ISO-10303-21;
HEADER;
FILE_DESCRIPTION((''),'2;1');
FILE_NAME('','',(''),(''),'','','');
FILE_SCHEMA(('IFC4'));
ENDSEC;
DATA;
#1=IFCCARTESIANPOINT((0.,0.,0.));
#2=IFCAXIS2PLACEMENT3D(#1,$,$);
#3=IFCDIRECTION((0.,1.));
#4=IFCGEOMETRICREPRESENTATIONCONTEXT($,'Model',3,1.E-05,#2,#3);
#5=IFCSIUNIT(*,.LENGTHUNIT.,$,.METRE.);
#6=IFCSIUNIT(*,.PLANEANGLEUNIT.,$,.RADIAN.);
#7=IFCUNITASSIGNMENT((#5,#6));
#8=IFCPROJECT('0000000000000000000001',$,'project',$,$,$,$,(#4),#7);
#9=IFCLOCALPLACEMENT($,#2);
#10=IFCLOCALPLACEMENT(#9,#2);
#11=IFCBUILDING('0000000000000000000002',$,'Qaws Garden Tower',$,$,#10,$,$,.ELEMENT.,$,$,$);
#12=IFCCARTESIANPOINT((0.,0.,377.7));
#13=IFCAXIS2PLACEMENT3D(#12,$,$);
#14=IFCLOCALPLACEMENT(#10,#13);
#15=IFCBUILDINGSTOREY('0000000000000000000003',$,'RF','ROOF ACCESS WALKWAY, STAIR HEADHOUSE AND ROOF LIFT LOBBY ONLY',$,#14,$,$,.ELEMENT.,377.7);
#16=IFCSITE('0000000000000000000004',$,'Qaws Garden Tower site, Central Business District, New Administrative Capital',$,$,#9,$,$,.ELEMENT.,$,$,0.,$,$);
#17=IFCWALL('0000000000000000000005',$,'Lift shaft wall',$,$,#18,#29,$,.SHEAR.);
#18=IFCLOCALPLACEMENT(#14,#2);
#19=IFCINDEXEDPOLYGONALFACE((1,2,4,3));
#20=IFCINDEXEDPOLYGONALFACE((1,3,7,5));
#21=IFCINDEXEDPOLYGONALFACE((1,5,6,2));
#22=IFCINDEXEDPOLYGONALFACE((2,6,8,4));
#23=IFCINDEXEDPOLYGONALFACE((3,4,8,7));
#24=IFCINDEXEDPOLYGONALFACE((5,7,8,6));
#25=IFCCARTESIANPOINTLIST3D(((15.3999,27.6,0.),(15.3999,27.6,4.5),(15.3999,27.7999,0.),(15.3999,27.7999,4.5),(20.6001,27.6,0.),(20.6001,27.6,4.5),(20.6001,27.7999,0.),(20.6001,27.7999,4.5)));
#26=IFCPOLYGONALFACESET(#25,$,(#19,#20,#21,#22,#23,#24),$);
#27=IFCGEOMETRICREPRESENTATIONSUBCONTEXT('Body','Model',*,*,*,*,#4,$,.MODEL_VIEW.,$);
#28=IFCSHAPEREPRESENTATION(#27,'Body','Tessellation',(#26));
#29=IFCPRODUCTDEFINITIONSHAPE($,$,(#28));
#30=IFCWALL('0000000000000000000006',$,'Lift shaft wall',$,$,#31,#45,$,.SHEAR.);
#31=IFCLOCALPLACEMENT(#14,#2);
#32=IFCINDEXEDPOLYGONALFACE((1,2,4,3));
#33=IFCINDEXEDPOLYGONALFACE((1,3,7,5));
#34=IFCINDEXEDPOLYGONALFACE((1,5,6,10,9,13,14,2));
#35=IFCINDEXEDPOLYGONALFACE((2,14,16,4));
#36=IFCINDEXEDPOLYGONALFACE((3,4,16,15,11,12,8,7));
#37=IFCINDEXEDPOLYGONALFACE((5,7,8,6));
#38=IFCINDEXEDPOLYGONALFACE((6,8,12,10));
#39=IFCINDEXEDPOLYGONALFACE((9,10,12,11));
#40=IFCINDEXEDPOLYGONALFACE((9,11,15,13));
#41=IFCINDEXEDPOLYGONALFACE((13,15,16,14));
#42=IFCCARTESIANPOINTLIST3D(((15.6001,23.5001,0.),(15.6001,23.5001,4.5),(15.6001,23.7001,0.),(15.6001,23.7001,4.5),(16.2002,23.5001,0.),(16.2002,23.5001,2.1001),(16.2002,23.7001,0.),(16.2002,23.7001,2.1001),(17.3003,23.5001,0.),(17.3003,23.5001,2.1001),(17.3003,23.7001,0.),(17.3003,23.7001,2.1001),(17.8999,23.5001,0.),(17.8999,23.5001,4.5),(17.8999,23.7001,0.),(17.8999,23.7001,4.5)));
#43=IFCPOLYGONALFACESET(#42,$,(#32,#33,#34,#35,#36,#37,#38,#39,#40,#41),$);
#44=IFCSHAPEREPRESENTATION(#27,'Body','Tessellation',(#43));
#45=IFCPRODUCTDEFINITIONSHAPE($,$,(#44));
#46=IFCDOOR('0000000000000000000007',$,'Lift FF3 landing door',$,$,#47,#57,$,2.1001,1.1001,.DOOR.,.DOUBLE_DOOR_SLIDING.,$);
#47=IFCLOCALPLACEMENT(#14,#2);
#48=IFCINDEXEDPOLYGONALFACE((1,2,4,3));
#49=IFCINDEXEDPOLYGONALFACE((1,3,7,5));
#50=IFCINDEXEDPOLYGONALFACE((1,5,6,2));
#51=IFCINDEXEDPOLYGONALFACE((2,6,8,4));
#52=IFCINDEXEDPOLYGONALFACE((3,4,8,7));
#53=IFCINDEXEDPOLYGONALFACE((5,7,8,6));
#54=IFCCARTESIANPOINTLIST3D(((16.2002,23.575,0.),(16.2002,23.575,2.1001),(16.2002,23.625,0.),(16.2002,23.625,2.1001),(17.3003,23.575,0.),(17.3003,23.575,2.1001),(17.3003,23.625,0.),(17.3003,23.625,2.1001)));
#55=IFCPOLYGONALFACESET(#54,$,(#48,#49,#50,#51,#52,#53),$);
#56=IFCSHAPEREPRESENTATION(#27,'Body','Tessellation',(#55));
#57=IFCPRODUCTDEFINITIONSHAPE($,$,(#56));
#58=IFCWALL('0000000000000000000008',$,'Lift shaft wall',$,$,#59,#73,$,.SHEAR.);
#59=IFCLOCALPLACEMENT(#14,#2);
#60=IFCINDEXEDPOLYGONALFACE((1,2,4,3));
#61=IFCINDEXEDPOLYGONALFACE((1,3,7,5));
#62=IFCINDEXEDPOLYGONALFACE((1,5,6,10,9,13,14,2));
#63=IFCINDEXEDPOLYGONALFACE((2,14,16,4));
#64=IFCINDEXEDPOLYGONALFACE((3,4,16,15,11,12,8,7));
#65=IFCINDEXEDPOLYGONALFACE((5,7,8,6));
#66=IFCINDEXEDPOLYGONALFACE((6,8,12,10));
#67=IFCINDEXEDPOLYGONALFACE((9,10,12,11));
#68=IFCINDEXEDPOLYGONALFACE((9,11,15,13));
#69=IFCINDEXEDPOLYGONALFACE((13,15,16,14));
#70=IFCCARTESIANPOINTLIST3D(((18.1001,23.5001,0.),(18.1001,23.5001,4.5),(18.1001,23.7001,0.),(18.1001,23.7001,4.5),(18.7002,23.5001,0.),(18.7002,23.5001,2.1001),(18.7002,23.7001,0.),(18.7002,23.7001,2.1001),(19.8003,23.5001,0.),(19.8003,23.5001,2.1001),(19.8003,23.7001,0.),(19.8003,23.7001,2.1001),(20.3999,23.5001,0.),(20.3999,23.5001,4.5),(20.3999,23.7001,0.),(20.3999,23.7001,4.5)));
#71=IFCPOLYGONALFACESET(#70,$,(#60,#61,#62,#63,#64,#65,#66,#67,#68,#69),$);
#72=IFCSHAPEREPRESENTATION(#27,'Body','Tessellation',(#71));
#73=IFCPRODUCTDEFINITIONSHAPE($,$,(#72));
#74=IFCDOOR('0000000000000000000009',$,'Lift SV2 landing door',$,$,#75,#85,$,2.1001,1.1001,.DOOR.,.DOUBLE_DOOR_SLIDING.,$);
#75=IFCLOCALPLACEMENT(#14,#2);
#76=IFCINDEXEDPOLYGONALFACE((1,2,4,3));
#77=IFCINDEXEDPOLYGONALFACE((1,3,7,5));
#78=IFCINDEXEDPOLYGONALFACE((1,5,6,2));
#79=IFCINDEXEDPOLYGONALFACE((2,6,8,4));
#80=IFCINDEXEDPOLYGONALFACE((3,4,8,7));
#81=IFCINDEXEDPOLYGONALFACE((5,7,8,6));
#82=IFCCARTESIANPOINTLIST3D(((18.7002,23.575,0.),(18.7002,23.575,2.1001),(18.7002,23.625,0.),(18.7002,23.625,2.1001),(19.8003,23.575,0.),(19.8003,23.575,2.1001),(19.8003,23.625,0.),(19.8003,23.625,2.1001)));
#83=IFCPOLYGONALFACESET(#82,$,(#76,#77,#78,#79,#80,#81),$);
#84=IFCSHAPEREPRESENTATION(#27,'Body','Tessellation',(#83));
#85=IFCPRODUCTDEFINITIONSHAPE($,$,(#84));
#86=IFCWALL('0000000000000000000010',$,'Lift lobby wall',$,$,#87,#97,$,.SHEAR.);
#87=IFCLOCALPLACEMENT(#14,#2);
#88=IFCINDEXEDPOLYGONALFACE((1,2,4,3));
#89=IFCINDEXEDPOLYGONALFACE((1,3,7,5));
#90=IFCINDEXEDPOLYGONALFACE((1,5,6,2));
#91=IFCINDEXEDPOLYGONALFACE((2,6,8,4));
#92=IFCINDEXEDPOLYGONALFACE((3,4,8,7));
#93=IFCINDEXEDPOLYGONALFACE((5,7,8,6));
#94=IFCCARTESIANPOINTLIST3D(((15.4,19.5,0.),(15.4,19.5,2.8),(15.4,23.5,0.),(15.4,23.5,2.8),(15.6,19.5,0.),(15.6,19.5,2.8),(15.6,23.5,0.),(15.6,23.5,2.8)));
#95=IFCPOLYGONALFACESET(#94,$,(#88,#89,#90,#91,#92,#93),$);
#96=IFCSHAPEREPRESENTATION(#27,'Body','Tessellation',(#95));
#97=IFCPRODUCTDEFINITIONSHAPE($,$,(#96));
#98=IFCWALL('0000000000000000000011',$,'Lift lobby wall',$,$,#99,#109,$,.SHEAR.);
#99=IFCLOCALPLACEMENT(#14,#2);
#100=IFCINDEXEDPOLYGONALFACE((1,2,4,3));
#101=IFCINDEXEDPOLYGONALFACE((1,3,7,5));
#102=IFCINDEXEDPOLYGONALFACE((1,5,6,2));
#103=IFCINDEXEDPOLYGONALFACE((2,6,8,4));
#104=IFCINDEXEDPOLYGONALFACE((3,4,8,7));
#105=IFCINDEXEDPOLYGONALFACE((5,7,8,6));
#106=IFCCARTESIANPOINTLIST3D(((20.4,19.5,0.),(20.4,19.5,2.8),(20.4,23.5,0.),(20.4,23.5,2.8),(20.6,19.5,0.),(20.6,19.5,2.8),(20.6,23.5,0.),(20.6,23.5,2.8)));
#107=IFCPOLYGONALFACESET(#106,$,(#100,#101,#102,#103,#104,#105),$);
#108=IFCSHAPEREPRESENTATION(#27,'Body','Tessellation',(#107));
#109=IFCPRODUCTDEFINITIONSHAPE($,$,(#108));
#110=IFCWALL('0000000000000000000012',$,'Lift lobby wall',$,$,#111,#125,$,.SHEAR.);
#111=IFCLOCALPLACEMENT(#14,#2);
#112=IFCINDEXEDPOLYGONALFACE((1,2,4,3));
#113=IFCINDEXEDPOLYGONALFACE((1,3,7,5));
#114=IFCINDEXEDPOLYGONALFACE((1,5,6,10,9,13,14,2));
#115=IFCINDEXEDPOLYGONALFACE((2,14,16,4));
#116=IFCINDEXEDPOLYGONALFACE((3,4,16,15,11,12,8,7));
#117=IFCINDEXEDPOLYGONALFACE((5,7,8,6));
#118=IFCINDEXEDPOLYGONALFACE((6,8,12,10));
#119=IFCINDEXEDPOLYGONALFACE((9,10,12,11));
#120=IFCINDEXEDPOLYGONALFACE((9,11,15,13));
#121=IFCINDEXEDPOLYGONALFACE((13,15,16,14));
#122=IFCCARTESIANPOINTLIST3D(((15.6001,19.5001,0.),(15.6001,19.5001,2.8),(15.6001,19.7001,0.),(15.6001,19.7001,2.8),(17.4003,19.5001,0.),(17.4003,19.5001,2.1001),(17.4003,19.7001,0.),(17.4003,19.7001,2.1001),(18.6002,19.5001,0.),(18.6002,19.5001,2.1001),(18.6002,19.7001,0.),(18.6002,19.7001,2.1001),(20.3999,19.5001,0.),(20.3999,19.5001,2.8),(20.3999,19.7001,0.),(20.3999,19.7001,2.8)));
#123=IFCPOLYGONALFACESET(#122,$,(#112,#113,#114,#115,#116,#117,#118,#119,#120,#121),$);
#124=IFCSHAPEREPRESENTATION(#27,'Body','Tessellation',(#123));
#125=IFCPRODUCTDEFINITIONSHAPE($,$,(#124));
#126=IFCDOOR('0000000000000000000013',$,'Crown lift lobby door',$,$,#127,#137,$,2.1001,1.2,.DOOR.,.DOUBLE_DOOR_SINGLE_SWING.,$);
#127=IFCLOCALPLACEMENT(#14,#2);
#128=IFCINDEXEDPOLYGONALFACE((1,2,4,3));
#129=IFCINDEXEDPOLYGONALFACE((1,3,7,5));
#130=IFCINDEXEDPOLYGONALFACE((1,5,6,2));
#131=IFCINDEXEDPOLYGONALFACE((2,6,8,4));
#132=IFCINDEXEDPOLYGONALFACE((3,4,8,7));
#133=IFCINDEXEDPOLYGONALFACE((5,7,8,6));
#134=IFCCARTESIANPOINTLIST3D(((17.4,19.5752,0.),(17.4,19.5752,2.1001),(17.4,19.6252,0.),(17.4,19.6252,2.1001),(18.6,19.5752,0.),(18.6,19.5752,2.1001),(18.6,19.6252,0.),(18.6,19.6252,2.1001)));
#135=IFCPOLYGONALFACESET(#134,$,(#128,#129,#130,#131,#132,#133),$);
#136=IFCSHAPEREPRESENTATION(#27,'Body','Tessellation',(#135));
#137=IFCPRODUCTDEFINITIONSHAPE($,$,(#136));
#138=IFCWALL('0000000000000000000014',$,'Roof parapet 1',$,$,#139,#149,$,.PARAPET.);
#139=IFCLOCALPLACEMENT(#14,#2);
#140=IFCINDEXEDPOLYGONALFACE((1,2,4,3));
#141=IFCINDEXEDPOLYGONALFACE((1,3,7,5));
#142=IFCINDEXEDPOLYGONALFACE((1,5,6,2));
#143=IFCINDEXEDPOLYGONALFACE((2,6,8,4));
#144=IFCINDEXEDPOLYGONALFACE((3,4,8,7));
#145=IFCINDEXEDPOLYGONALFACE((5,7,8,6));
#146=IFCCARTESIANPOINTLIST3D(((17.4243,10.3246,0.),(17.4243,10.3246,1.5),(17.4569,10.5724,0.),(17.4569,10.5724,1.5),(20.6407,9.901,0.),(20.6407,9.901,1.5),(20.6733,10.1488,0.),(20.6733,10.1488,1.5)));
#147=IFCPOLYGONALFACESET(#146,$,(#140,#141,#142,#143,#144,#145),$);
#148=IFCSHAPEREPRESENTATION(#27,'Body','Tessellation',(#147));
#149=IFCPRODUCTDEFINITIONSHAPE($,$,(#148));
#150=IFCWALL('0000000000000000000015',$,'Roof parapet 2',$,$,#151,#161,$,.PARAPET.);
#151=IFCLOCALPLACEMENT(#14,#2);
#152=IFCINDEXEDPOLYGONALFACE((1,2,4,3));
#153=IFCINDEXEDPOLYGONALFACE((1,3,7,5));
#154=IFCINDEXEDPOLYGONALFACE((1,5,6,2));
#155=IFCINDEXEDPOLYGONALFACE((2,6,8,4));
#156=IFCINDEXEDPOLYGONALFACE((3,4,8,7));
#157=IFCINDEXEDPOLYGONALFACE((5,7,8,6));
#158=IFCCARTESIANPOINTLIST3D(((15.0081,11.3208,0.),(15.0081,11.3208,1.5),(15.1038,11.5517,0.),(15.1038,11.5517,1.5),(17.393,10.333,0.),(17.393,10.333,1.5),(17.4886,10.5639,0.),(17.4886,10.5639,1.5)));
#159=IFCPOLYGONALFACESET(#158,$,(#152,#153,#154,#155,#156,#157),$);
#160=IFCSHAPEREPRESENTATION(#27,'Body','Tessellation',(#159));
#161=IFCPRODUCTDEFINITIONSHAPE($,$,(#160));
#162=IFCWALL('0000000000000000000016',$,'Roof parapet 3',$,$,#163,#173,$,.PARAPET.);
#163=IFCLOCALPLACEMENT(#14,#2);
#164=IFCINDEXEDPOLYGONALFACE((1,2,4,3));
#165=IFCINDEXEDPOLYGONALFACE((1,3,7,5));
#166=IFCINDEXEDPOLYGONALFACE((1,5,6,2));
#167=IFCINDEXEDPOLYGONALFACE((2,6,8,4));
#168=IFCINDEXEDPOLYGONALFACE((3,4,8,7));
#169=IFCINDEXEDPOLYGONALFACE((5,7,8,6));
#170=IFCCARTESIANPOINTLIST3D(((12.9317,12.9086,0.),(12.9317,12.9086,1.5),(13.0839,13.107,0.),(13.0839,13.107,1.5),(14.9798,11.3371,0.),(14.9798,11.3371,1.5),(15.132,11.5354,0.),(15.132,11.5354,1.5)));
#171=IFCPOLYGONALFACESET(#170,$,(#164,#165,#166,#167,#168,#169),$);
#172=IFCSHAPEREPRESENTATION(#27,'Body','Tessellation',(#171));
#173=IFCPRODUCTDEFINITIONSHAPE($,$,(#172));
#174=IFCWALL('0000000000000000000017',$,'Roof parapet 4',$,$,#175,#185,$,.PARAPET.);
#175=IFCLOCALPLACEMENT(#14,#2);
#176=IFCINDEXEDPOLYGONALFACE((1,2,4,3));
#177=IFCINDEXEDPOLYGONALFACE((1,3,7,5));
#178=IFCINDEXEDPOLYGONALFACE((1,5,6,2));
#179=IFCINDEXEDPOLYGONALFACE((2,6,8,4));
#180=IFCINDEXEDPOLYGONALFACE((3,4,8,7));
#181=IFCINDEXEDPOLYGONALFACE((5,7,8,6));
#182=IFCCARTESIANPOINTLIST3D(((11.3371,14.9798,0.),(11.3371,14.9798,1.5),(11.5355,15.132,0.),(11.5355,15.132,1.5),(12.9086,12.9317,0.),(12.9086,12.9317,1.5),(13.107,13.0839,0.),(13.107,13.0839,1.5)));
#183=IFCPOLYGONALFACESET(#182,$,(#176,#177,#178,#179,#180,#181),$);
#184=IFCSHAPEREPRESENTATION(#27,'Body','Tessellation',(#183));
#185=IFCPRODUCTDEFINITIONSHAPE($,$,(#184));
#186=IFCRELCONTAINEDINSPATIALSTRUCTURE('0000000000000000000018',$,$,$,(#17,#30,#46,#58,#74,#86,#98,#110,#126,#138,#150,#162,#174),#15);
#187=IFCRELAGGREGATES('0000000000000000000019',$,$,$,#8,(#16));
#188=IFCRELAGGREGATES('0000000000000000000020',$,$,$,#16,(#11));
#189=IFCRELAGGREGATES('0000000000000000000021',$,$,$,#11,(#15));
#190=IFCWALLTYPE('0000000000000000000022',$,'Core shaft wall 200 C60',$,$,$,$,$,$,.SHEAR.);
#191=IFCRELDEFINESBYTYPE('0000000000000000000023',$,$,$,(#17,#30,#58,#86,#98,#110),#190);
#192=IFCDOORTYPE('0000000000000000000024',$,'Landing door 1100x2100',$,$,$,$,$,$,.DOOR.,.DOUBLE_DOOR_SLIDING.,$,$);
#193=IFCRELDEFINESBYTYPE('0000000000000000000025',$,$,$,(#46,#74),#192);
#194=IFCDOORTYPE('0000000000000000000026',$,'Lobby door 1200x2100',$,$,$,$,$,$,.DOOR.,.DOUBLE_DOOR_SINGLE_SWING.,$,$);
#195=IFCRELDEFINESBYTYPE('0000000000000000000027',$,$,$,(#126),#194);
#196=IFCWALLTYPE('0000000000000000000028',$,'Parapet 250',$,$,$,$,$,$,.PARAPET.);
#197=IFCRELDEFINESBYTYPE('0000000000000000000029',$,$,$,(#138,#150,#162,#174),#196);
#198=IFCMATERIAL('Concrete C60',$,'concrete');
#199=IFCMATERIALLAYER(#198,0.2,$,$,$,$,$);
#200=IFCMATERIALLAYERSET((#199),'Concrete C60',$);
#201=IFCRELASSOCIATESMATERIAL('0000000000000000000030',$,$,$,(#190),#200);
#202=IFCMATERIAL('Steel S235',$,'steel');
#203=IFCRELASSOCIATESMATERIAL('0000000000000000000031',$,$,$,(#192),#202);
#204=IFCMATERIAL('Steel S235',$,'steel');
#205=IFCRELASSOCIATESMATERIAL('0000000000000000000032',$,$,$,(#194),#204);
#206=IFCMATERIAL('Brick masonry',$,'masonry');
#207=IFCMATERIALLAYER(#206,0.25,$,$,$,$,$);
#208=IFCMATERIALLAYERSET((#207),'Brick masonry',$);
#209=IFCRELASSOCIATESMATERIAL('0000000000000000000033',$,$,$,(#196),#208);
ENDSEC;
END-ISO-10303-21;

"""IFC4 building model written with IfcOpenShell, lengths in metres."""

from ifc_helpers import new_model, si_unit, direction, frame, frame_2d, origin, place, context, subcontext, project, spatial, rectangle, extrude, material, layer, layer_set, type_object, element, fill, save


model = new_model("IFC4")

# Units and contexts
model_context = context("Model", 3, precision=1e-05, world=origin(), true_north=direction((0.0, 1.0)))
body_context = subcontext(model_context, "Body", "Model", "MODEL_VIEW")
ifc_project = project(units=[si_unit("LENGTHUNIT", "METRE"), si_unit("PLANEANGLEUNIT", "RADIAN")], contexts=[model_context])

# Site, building, storey
site_placement = place(None, origin())
site = spatial("IfcSite", under=ifc_project, at=site_placement, Name="Qaws Garden Tower site, Central Business District, New Administrative Capital", CompositionType="ELEMENT", RefElevation=0.0)
building_placement = place(site_placement, origin())
building = spatial("IfcBuilding", under=site, at=building_placement, Name="Qaws Garden Tower", CompositionType="ELEMENT")
storey_placement = place(building_placement, frame((0.0, 0.0, 377.7)))
storey = spatial("IfcBuildingStorey", under=building, at=storey_placement, Name="RF", Description="ROOF ACCESS WALKWAY, STAIR HEADHOUSE AND ROOF LIFT LOBBY ONLY", CompositionType="ELEMENT", Elevation=377.7)

# Shared definitions
ifc_material_1 = material(Name="Concrete C60", Category="concrete")
ifc_layer_1 = layer(ifc_material_1, 0.2)
ifc_layer_set_1 = layer_set([ifc_layer_1], Name="Concrete C60")
wall_type_1 = type_object("IfcWallType", Name="Core shaft wall 200 C60", PredefinedType="SHEAR", material=ifc_layer_set_1)

# Wall
wall_1_placement = place(storey_placement, frame((15.3999, 27.7, 0.0), z_axis=(0.0, 0.0, 1.0), x_axis=(1.0, 0.0, 0.0)))
element("IfcWall", 1, at=wall_1_placement, inside=storey, type_object=wall_type_1, Name="Lift shaft wall", PredefinedType="SHEAR", context=body_context, shape_type="SweptSolid", body=[
    extrude(rectangle(XDim=5.2002, YDim=0.2, at=frame_2d((2.6001, 0.0))), origin(), (0.0, 0.0, 1.0), 4.5),
])

# Walls, openings, doors
wall_2_placement = place(storey_placement, frame((15.6001, 23.6001, 0.0), z_axis=(0.0, 0.0, 1.0), x_axis=(1.0, 0.0, 0.0)))
wall_2 = element("IfcWall", 2, at=wall_2_placement, inside=storey, type_object=wall_type_1, Name="Lift shaft wall", PredefinedType="SHEAR", context=body_context, shape_type="SweptSolid", body=[
    extrude(rectangle(XDim=2.2998, YDim=0.2, at=frame_2d((1.1499, 0.0))), origin(), (0.0, 0.0, 1.0), 4.5),
])
opening_1_placement = place(wall_2_placement, frame((0.6001, 0.0, 0.0)))
opening_1 = element("IfcOpeningElement", 3, at=opening_1_placement, cuts=wall_2, PredefinedType="OPENING", context=body_context, shape_type="SweptSolid", body=[
    extrude(rectangle(XDim=1.1001, YDim=2.1001, at=frame_2d((0.55, 1.05))), frame((0.0, 0.1099, 0.0), z_axis=(0.0, -1.0, 0.0), x_axis=(1.0, 0.0, 0.0)), (0.0, 0.0, 1.0), 0.22),
])
ifc_material_2 = material(Name="Steel S235", Category="steel")
door_type_1 = type_object("IfcDoorType", Name="Landing door 1100x2100", OperationType="DOUBLE_DOOR_SLIDING", PredefinedType="DOOR", material=ifc_material_2)
door_1_placement = place(opening_1_placement, origin())
door_1 = element("IfcDoor", 4, at=door_1_placement, inside=storey, type_object=door_type_1, Name="Lift FF3 landing door", OperationType="DOUBLE_DOOR_SLIDING", OverallHeight=2.1001, OverallWidth=1.1001, PredefinedType="DOOR", context=body_context, shape_type="SweptSolid", body=[
    extrude(rectangle(XDim=1.1001, YDim=2.1001, at=frame_2d((0.55, 1.05))), frame((0.0, 0.0249, 0.0), z_axis=(0.0, -1.0, 0.0), x_axis=(1.0, 0.0, 0.0)), (0.0, 0.0, 1.0), 0.05),
])
fill(opening_1, door_1)
wall_3_placement = place(storey_placement, frame((18.1001, 23.6001, 0.0), z_axis=(0.0, 0.0, 1.0), x_axis=(1.0, 0.0, 0.0)))
wall_3 = element("IfcWall", 5, at=wall_3_placement, inside=storey, type_object=wall_type_1, Name="Lift shaft wall", PredefinedType="SHEAR", context=body_context, shape_type="SweptSolid", body=[
    extrude(rectangle(XDim=2.2998, YDim=0.2, at=frame_2d((1.1499, 0.0))), origin(), (0.0, 0.0, 1.0), 4.5),
])
opening_2_placement = place(wall_3_placement, frame((0.6001, 0.0, 0.0)))
opening_2 = element("IfcOpeningElement", 6, at=opening_2_placement, cuts=wall_3, PredefinedType="OPENING", context=body_context, shape_type="SweptSolid", body=[
    extrude(rectangle(XDim=1.1001, YDim=2.1001, at=frame_2d((0.55, 1.05))), frame((0.0, 0.1099, 0.0), z_axis=(0.0, -1.0, 0.0), x_axis=(1.0, 0.0, 0.0)), (0.0, 0.0, 1.0), 0.22),
])
door_2_placement = place(opening_2_placement, origin())
door_2 = element("IfcDoor", 7, at=door_2_placement, inside=storey, type_object=door_type_1, Name="Lift SV2 landing door", OperationType="DOUBLE_DOOR_SLIDING", OverallHeight=2.1001, OverallWidth=1.1001, PredefinedType="DOOR", context=body_context, shape_type="SweptSolid", body=[
    extrude(rectangle(XDim=1.1001, YDim=2.1001, at=frame_2d((0.55, 1.05))), frame((0.0, 0.0249, 0.0), z_axis=(0.0, -1.0, 0.0), x_axis=(1.0, 0.0, 0.0)), (0.0, 0.0, 1.0), 0.05),
])
fill(opening_2, door_2)

# Walls
for number, where, z_axis, x_axis, name in (
    (8, (15.5, 19.5, 0.0), (0.0, 0.0, 1.0), (0.0, 1.0, 0.0), "Lift lobby wall"),
    (9, (20.5, 19.5, 0.0), (0.0, 0.0, 1.0), (0.0, 1.0, 0.0), "Lift lobby wall"),
):
    element("IfcWall", number, at=place(storey_placement, frame(where, z_axis=z_axis, x_axis=x_axis)), inside=storey, type_object=wall_type_1, Name=name, PredefinedType="SHEAR", context=body_context, shape_type="SweptSolid", body=[
        extrude(rectangle(XDim=4.0, YDim=0.2, at=frame_2d((2.0, 0.0))), origin(), (0.0, 0.0, 1.0), 2.8),
    ])

# Wall, opening, door
wall_4_placement = place(storey_placement, frame((15.6001, 19.6001, 0.0), z_axis=(0.0, 0.0, 1.0), x_axis=(1.0, 0.0, 0.0)))
wall_4 = element("IfcWall", 10, at=wall_4_placement, inside=storey, type_object=wall_type_1, Name="Lift lobby wall", PredefinedType="SHEAR", context=body_context, shape_type="SweptSolid", body=[
    extrude(rectangle(XDim=4.7998, YDim=0.2, at=frame_2d((2.3999, 0.0))), origin(), (0.0, 0.0, 1.0), 2.8),
])
opening_3_placement = place(wall_4_placement, frame((1.8, 0.0, 0.0)))
opening_3 = element("IfcOpeningElement", 11, at=opening_3_placement, cuts=wall_4, PredefinedType="OPENING", context=body_context, shape_type="SweptSolid", body=[
    extrude(rectangle(XDim=1.2, YDim=2.1001, at=frame_2d((0.6001, 1.05))), frame((0.0, 0.1099, 0.0), z_axis=(0.0, -1.0, 0.0), x_axis=(1.0, 0.0, 0.0)), (0.0, 0.0, 1.0), 0.22),
])
ifc_material_3 = material(Name="Steel S235", Category="steel")
door_type_2 = type_object("IfcDoorType", Name="Lobby door 1200x2100", OperationType="DOUBLE_DOOR_SINGLE_SWING", PredefinedType="DOOR", material=ifc_material_3)
door_3_placement = place(opening_3_placement, frame((1.2, 0.0, 0.0), z_axis=(0.0, 0.0, 1.0), x_axis=(-1.0, 0.0, 0.0)))
door_3 = element("IfcDoor", 12, at=door_3_placement, inside=storey, type_object=door_type_2, Name="Crown lift lobby door", OperationType="DOUBLE_DOOR_SINGLE_SWING", OverallHeight=2.1001, OverallWidth=1.2, PredefinedType="DOOR", context=body_context, shape_type="SweptSolid", body=[
    extrude(rectangle(XDim=1.2, YDim=2.1001, at=frame_2d((0.6001, 1.05))), frame((0.0, 0.0249, 0.0), z_axis=(0.0, -1.0, 0.0), x_axis=(1.0, 0.0, 0.0)), (0.0, 0.0, 1.0), 0.05),
])
fill(opening_3, door_3)

# Walls
ifc_material_4 = material(Name="Brick masonry", Category="masonry")
ifc_layer_2 = layer(ifc_material_4, 0.25)
ifc_layer_set_2 = layer_set([ifc_layer_2], Name="Brick masonry")
wall_type_2 = type_object("IfcWallType", Name="Parapet 250", PredefinedType="PARAPET", material=ifc_layer_set_2)
wall_5_placement = place(storey_placement, frame((20.657, 10.0249, 0.0), z_axis=(0.0, 0.0, 1.0), x_axis=(-0.991439, 0.130571, 0.0)))
element("IfcWall", 13, at=wall_5_placement, inside=storey, type_object=wall_type_2, Name="Roof parapet 1", PredefinedType="PARAPET", context=body_context, shape_type="SweptSolid", body=[
    extrude(rectangle(XDim=3.2441, YDim=0.25, at=frame_2d((1.6221, 0.0))), origin(), (0.0, 0.0, 1.0), 1.5),
])
wall_6_placement = place(storey_placement, frame((17.4407, 10.4485, 0.0), z_axis=(0.0, 0.0, 1.0), x_axis=(-0.923881, 0.38268, 0.0)))
element("IfcWall", 14, at=wall_6_placement, inside=storey, type_object=wall_type_2, Name="Roof parapet 2", PredefinedType="PARAPET", context=body_context, shape_type="SweptSolid", body=[
    extrude(rectangle(XDim=2.5813, YDim=0.25, at=frame_2d((1.2905, 0.0))), origin(), (0.0, 0.0, 1.0), 1.5),
])
for number, where, z_axis, x_axis, name in (
    (15, (15.0559, 11.4363, 0.0), (0.0, 0.0, 1.0), (-0.793358, 0.608755, 0.0), "Roof parapet 3"),
    (16, (13.0078, 13.0078, 0.0), (0.0, 0.0, 1.0), (-0.608755, 0.793358, 0.0), "Roof parapet 4"),
):
    element("IfcWall", number, at=place(storey_placement, frame(where, z_axis=z_axis, x_axis=x_axis)), inside=storey, type_object=wall_type_2, Name=name, PredefinedType="PARAPET", context=body_context, shape_type="SweptSolid", body=[
        extrude(rectangle(XDim=2.5815, YDim=0.25, at=frame_2d((1.2908, 0.0))), origin(), (0.0, 0.0, 1.0), 1.5),
    ])

save(model, "model.ifc")
